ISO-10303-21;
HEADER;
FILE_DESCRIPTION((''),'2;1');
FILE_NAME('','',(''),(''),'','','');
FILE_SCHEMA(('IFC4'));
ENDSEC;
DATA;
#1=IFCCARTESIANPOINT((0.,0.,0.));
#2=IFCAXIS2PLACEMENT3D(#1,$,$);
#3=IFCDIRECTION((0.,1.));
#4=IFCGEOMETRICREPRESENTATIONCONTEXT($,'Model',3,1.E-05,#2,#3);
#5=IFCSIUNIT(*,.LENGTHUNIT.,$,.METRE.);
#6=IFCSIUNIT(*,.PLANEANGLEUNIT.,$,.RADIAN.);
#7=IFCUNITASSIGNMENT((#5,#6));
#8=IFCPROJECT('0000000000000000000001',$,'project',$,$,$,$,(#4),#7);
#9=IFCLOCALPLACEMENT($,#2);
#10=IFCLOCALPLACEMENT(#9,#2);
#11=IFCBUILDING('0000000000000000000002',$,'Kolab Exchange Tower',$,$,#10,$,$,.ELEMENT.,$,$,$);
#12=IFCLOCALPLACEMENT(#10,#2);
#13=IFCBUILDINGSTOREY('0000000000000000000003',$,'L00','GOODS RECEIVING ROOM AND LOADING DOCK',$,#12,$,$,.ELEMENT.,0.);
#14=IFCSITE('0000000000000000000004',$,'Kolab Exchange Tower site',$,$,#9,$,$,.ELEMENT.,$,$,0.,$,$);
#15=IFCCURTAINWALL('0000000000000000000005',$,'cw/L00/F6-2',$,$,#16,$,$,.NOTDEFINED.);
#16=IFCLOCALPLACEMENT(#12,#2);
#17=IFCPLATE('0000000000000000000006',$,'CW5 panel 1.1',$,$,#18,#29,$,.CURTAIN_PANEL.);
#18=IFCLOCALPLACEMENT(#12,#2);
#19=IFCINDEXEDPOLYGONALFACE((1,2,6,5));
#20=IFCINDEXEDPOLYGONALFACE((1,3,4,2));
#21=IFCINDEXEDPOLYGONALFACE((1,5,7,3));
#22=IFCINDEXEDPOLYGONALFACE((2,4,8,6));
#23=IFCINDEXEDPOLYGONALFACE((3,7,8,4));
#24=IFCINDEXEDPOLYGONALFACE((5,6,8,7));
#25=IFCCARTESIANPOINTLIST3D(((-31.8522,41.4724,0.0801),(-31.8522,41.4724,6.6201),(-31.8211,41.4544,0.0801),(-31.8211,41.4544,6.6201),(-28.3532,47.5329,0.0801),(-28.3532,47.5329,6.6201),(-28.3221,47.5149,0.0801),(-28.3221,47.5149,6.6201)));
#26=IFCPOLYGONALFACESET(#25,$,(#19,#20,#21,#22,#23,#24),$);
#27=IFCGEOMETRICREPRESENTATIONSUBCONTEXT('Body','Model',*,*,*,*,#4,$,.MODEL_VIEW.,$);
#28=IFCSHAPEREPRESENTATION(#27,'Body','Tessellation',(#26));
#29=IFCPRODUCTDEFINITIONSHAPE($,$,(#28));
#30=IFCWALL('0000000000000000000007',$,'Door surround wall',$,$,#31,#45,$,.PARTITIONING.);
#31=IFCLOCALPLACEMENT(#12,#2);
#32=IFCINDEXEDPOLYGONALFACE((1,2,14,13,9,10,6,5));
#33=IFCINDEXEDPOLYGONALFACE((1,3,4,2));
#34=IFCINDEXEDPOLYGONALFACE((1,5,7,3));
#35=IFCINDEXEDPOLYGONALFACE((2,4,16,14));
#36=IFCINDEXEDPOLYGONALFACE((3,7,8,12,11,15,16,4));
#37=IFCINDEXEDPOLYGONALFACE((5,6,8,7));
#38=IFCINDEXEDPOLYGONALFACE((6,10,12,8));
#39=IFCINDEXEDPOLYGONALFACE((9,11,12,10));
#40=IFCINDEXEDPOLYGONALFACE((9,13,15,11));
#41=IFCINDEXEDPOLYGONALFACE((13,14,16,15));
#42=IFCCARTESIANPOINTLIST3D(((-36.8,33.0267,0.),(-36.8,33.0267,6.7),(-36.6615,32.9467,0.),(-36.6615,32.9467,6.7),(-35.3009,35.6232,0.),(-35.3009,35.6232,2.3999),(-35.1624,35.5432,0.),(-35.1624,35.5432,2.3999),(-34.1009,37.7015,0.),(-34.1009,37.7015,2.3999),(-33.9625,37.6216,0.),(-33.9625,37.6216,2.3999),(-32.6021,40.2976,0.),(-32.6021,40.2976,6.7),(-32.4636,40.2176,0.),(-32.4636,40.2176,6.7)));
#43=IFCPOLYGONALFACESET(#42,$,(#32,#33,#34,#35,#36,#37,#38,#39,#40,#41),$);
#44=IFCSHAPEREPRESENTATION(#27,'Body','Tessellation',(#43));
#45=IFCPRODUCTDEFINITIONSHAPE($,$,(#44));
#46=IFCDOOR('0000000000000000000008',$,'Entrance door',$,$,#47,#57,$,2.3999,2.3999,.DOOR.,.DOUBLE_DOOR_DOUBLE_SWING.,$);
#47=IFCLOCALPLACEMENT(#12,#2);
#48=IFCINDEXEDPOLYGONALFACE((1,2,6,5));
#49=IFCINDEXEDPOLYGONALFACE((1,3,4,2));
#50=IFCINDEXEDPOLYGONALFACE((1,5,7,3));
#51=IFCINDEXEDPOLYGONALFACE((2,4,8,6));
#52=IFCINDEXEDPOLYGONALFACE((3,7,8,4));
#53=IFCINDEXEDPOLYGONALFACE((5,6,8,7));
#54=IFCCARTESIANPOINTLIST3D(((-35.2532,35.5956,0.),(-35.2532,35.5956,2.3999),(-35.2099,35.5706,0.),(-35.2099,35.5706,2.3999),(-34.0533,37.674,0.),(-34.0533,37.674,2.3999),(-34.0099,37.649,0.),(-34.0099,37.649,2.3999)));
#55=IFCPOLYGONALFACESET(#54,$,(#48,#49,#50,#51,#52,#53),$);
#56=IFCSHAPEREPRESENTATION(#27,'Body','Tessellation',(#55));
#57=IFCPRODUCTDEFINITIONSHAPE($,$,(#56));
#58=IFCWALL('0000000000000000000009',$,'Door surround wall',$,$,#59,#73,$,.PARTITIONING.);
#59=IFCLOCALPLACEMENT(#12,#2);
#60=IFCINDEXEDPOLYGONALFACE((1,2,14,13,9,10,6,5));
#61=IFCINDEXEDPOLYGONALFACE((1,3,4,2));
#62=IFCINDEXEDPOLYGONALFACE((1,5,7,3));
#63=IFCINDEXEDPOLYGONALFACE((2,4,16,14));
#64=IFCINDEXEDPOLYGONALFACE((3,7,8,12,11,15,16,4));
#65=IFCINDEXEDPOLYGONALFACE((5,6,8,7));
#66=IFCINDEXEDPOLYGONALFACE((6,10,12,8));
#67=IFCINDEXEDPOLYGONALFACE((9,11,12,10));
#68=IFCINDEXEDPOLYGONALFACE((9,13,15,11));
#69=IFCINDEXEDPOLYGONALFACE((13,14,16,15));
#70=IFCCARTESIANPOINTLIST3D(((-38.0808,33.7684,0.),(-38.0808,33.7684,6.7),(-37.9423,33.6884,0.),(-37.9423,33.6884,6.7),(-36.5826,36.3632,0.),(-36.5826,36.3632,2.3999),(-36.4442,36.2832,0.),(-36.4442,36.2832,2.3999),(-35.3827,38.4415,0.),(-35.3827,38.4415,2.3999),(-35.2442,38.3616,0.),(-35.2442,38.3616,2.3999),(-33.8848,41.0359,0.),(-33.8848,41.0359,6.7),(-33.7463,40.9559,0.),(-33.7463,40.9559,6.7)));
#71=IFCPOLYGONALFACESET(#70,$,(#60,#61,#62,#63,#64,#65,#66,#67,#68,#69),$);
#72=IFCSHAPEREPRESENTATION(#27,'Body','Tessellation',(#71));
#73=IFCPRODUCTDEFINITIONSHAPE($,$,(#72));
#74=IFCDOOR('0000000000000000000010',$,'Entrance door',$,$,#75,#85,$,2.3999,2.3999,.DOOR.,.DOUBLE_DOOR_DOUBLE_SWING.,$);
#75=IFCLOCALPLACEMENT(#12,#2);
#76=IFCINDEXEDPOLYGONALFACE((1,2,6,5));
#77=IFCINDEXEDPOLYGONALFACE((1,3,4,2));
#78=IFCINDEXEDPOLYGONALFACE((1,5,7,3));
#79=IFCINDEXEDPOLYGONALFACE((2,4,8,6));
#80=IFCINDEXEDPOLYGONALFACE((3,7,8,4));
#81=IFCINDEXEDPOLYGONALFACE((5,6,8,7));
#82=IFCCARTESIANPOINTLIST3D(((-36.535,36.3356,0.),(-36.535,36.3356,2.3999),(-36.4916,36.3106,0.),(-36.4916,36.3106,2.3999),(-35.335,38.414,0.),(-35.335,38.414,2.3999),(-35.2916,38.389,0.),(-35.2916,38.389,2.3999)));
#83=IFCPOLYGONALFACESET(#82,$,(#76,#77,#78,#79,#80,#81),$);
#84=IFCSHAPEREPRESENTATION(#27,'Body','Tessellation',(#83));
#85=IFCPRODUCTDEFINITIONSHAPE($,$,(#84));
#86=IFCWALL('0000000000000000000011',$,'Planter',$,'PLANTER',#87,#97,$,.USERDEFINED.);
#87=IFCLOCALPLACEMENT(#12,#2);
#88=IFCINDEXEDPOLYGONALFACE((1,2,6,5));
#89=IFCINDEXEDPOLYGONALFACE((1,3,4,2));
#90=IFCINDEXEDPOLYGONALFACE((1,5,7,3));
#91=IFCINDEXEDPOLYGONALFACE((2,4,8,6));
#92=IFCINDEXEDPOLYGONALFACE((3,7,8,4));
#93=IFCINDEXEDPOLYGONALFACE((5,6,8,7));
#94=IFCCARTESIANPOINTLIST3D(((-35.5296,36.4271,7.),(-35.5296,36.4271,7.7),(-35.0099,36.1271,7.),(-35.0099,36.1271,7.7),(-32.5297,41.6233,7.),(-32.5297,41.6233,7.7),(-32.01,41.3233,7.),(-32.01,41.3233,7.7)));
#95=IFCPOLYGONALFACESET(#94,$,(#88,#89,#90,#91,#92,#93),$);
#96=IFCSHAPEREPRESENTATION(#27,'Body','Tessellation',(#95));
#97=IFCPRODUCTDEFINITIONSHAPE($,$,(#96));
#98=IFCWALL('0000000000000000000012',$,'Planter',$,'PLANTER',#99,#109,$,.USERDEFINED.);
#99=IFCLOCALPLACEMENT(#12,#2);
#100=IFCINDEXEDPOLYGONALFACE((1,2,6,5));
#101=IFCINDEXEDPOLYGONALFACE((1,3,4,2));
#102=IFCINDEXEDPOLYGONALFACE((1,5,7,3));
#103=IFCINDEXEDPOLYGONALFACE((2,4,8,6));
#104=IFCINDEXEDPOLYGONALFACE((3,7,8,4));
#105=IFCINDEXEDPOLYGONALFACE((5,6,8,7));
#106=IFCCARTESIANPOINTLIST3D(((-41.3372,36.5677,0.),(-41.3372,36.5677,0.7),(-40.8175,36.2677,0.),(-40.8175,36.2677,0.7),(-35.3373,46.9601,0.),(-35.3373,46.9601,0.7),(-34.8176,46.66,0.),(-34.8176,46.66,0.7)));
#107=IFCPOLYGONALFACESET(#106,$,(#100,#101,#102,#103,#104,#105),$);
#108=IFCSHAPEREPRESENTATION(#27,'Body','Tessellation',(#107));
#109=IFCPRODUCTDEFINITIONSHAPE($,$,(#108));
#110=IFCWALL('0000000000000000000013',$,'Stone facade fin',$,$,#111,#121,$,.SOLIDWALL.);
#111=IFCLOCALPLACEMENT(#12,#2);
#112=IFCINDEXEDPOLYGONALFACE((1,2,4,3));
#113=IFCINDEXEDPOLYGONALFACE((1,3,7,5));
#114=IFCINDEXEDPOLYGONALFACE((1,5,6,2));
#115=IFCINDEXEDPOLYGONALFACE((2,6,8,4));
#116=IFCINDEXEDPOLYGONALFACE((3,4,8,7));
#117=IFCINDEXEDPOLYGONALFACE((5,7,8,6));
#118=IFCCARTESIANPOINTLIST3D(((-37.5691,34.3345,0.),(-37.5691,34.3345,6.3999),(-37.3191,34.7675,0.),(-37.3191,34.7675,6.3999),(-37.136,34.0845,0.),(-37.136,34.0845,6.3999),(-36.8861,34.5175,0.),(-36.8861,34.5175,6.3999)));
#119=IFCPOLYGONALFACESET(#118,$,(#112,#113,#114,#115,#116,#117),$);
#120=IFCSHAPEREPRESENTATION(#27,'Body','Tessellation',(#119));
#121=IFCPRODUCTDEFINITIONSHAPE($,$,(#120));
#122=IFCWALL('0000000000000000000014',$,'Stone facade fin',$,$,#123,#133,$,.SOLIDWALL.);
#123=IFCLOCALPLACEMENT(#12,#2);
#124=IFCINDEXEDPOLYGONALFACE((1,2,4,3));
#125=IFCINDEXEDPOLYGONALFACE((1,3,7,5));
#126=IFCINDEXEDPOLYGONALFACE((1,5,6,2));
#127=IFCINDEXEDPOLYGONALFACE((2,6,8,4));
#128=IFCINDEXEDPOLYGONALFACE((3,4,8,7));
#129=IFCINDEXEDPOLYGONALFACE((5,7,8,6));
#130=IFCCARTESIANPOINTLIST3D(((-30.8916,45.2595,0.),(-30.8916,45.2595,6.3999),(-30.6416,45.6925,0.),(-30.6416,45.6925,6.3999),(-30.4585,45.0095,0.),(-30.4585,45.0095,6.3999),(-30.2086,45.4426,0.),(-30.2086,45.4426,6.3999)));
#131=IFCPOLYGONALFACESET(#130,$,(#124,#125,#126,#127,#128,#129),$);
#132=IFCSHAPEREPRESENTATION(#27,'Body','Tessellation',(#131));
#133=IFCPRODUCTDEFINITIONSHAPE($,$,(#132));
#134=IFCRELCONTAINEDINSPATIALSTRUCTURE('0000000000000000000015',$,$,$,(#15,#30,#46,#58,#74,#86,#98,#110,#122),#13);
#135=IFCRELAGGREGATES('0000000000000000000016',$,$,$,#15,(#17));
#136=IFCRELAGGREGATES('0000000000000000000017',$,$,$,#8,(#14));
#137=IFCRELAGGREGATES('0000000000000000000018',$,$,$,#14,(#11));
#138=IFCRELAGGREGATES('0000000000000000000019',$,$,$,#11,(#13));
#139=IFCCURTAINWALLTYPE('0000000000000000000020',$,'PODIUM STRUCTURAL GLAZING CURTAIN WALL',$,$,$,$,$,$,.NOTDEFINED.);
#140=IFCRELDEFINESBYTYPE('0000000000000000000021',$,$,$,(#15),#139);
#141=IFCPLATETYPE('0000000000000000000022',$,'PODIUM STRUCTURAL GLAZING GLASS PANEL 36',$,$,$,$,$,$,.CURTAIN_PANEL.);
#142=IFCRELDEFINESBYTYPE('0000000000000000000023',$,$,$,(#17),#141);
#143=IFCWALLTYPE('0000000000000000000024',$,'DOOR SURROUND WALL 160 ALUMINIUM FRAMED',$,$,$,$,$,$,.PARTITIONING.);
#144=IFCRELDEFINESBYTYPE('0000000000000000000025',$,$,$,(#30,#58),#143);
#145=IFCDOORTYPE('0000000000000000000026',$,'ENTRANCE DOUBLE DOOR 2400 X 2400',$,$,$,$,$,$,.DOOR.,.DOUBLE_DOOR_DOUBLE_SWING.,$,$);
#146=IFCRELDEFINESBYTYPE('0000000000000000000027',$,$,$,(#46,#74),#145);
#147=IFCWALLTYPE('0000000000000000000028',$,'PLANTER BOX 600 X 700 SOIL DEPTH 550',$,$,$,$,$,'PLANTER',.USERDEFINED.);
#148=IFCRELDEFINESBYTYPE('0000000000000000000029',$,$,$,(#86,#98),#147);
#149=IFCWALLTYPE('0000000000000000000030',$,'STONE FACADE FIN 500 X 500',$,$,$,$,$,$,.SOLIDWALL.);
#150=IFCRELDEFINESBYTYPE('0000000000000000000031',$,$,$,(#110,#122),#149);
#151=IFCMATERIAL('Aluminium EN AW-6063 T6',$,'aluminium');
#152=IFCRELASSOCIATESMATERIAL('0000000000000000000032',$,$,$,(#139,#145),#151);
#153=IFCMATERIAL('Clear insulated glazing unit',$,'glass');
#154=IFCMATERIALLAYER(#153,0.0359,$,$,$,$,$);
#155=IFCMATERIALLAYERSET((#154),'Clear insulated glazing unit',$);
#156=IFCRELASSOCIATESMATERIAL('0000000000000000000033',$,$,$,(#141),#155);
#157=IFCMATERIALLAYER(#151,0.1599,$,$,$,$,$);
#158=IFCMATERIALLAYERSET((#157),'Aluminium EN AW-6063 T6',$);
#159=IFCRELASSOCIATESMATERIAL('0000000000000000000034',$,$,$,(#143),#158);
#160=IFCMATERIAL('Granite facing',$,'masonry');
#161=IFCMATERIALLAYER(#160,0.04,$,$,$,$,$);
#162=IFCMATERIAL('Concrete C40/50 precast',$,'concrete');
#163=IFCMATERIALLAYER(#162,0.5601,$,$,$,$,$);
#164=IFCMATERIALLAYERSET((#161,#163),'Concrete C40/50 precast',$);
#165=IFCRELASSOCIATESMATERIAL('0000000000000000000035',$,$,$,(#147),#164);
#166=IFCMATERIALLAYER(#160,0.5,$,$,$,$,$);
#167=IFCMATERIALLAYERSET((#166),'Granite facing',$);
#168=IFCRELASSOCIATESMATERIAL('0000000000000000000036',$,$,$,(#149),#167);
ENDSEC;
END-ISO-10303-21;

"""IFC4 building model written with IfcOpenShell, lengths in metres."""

from ifc_helpers import new_model, si_unit, direction, frame, frame_2d, origin, origin_2d, place, context, subcontext, project, spatial, rectangle, extrude, material, layer, layer_set, type_object, element, fill, aggregate, save


model = new_model("IFC4")

# Units and contexts
model_context = context("Model", 3, precision=1e-05, world=origin(), true_north=direction((0.0, 1.0)))
body_context = subcontext(model_context, "Body", "Model", "MODEL_VIEW")
ifc_project = project(units=[si_unit("LENGTHUNIT", "METRE"), si_unit("PLANEANGLEUNIT", "RADIAN")], contexts=[model_context])

# Site, building, storey
site_placement = place(None, origin())
site = spatial("IfcSite", under=ifc_project, at=site_placement, Name="Kolab Exchange Tower site", CompositionType="ELEMENT", RefElevation=0.0)
building_placement = place(site_placement, origin())
building = spatial("IfcBuilding", under=site, at=building_placement, Name="Kolab Exchange Tower", CompositionType="ELEMENT")
storey_placement = place(building_placement, origin())
storey = spatial("IfcBuildingStorey", under=building, at=storey_placement, Name="L00", Description="GOODS RECEIVING ROOM AND LOADING DOCK", CompositionType="ELEMENT", Elevation=0.0)

# Curtain wall
ifc_material_1 = material(Name="Aluminium EN AW-6063 T6", Category="aluminium")
curtain_wall_type = type_object("IfcCurtainWallType", Name="PODIUM STRUCTURAL GLAZING CURTAIN WALL", PredefinedType="NOTDEFINED", material=ifc_material_1)
curtain_wall_placement = place(storey_placement, origin())
curtain_wall = element("IfcCurtainWall", 1, at=curtain_wall_placement, inside=storey, type_object=curtain_wall_type, Name="cw/L00/F6-2", PredefinedType="NOTDEFINED")

# Plate
ifc_material_2 = material(Name="Clear insulated glazing unit", Category="glass")
ifc_layer_1 = layer(ifc_material_2, 0.0359)
ifc_layer_set_1 = layer_set([ifc_layer_1], Name="Clear insulated glazing unit")
plate_type = type_object("IfcPlateType", Name="PODIUM STRUCTURAL GLAZING GLASS PANEL 36", PredefinedType="CURTAIN_PANEL", material=ifc_layer_set_1)
plate_placement = place(storey_placement, frame((-30.0872, 44.4937, 0.0801), z_axis=(0.0, 0.0, 1.0), x_axis=(0.5, 0.866025, 0.0)))
plate = element("IfcPlate", 2, at=plate_placement, type_object=plate_type, Name="CW5 panel 1.1", PredefinedType="CURTAIN_PANEL", context=body_context, shape_type="SweptSolid", body=[
    extrude(rectangle(XDim=6.998, YDim=0.0359, at=origin_2d()), origin(), (0.0, 0.0, 1.0), 6.54),
])
aggregate(curtain_wall, [plate])

# Walls, openings, doors
ifc_layer_2 = layer(ifc_material_1, 0.1599)
ifc_layer_set_2 = layer_set([ifc_layer_2], Name="Aluminium EN AW-6063 T6")
wall_type_1 = type_object("IfcWallType", Name="DOOR SURROUND WALL 160 ALUMINIUM FRAMED", PredefinedType="PARTITIONING", material=ifc_layer_set_2)
wall_1_placement = place(storey_placement, frame((-36.7307, 32.9868, 0.0), z_axis=(0.0, 0.0, 1.0), x_axis=(0.500008, 0.866021, 0.0)))
wall_1 = element("IfcWall", 3, at=wall_1_placement, inside=storey, type_object=wall_type_1, Name="Door surround wall", PredefinedType="PARTITIONING", context=body_context, shape_type="SweptSolid", body=[
    extrude(rectangle(XDim=8.3958, YDim=0.1599, at=frame_2d((4.1978, 0.0))), origin(), (0.0, 0.0, 1.0), 6.7),
])
opening_1_placement = place(wall_1_placement, frame((2.998, 0.0, 0.0)))
opening_1 = element("IfcOpeningElement", 4, at=opening_1_placement, cuts=wall_1, PredefinedType="OPENING", context=body_context, shape_type="SweptSolid", body=[
    extrude(rectangle(XDim=2.3999, YDim=2.3999, at=frame_2d((1.2, 1.2))), frame((0.0, 0.0898, 0.0), z_axis=(0.0, -1.0, 0.0), x_axis=(1.0, 0.0, 0.0)), (0.0, 0.0, 1.0), 0.1799),
])
door_type = type_object("IfcDoorType", Name="ENTRANCE DOUBLE DOOR 2400 X 2400", OperationType="DOUBLE_DOOR_DOUBLE_SWING", PredefinedType="DOOR", material=ifc_material_1)
door_1_placement = place(opening_1_placement, origin())
door_1 = element("IfcDoor", 5, at=door_1_placement, inside=storey, type_object=door_type, Name="Entrance door", OperationType="DOUBLE_DOOR_DOUBLE_SWING", OverallHeight=2.3999, OverallWidth=2.3999, PredefinedType="DOOR", context=body_context, shape_type="SweptSolid", body=[
    extrude(rectangle(XDim=2.3999, YDim=2.3999, at=frame_2d((1.2, 1.2))), frame((0.0, 0.0249, 0.0), z_axis=(0.0, -1.0, 0.0), x_axis=(1.0, 0.0, 0.0)), (0.0, 0.0, 1.0), 0.05),
])
fill(opening_1, door_1)
wall_2_placement = place(storey_placement, frame((-38.0115, 33.7285, 0.0), z_axis=(0.0, 0.0, 1.0), x_axis=(0.50001, 0.86602, 0.0)))
wall_2 = element("IfcWall", 6, at=wall_2_placement, inside=storey, type_object=wall_type_1, Name="Door surround wall", PredefinedType="PARTITIONING", context=body_context, shape_type="SweptSolid", body=[
    extrude(rectangle(XDim=8.3918, YDim=0.1599, at=frame_2d((4.1958, 0.0))), origin(), (0.0, 0.0, 1.0), 6.7),
])
opening_2_placement = place(wall_2_placement, frame((2.9961, 0.0, 0.0)))
opening_2 = element("IfcOpeningElement", 7, at=opening_2_placement, cuts=wall_2, PredefinedType="OPENING", context=body_context, shape_type="SweptSolid", body=[
    extrude(rectangle(XDim=2.3999, YDim=2.3999, at=frame_2d((1.2, 1.2))), frame((0.0, 0.0898, 0.0), z_axis=(0.0, -1.0, 0.0), x_axis=(1.0, 0.0, 0.0)), (0.0, 0.0, 1.0), 0.1799),
])
door_2_placement = place(opening_2_placement, origin())
door_2 = element("IfcDoor", 8, at=door_2_placement, inside=storey, type_object=door_type, Name="Entrance door", OperationType="DOUBLE_DOOR_DOUBLE_SWING", OverallHeight=2.3999, OverallWidth=2.3999, PredefinedType="DOOR", context=body_context, shape_type="SweptSolid", body=[
    extrude(rectangle(XDim=2.3999, YDim=2.3999, at=frame_2d((1.2, 1.2))), frame((0.0, 0.0249, 0.0), z_axis=(0.0, -1.0, 0.0), x_axis=(1.0, 0.0, 0.0)), (0.0, 0.0, 1.0), 0.05),
])
fill(opening_2, door_2)

# Walls
ifc_material_3 = material(Name="Granite facing", Category="masonry")
ifc_layer_3 = layer(ifc_material_3, 0.04)
ifc_material_4 = material(Name="Concrete C40/50 precast", Category="concrete")
ifc_layer_4 = layer(ifc_material_4, 0.5601)
ifc_layer_set_3 = layer_set([ifc_layer_3, ifc_layer_4], Name="Concrete C40/50 precast")
wall_type_2 = type_object("IfcWallType", Name="PLANTER BOX 600 X 700 SOIL DEPTH 550", ElementType="PLANTER", PredefinedType="USERDEFINED", material=ifc_layer_set_3)
wall_3_placement = place(storey_placement, frame((-35.2698, 36.2771, 7.0), z_axis=(0.0, 0.0, 1.0), x_axis=(0.49999, 0.866031, 0.0)))
element("IfcWall", 9, at=wall_3_placement, inside=storey, type_object=wall_type_2, Name="Planter", ObjectType="PLANTER", PredefinedType="USERDEFINED", context=body_context, shape_type="SweptSolid", body=[
    extrude(rectangle(XDim=6.0, YDim=0.6001, at=frame_2d((3.0, 0.0))), origin(), (0.0, 0.0, 1.0), 0.7),
])
wall_4_placement = place(storey_placement, frame((-41.0774, 36.4177, 0.0), z_axis=(0.0, 0.0, 1.0), x_axis=(0.499999, 0.866026, 0.0)))
element("IfcWall", 10, at=wall_4_placement, inside=storey, type_object=wall_type_2, Name="Planter", ObjectType="PLANTER", PredefinedType="USERDEFINED", context=body_context, shape_type="SweptSolid", body=[
    extrude(rectangle(XDim=12.0, YDim=0.6001, at=frame_2d((6.0, 0.0))), origin(), (0.0, 0.0, 1.0), 0.7),
])
ifc_layer_5 = layer(ifc_material_3, 0.5)
ifc_layer_set_4 = layer_set([ifc_layer_5], Name="Granite facing")
wall_type_3 = type_object("IfcWallType", Name="STONE FACADE FIN 500 X 500", PredefinedType="SOLIDWALL", material=ifc_layer_set_4)
for number, where, z_axis, x_axis, name in (
    (11, (-37.3525, 34.2095, 0.0), (0.0, 0.0, 1.0), (0.49992, 0.866072, 0.0), "Stone facade fin"),
    (12, (-30.675, 45.1345, 0.0), (0.0, 0.0, 1.0), (0.49992, 0.866072, 0.0), "Stone facade fin"),
):
    element("IfcWall", number, at=place(storey_placement, frame(where, z_axis=z_axis, x_axis=x_axis)), inside=storey, type_object=wall_type_3, Name=name, PredefinedType="SOLIDWALL", context=body_context, shape_type="SweptSolid", body=[
        extrude(rectangle(XDim=0.5, YDim=0.5, at=frame_2d((0.25, 0.0))), origin(), (0.0, 0.0, 1.0), 6.3999),
    ])

save(model, "model.ifc")
